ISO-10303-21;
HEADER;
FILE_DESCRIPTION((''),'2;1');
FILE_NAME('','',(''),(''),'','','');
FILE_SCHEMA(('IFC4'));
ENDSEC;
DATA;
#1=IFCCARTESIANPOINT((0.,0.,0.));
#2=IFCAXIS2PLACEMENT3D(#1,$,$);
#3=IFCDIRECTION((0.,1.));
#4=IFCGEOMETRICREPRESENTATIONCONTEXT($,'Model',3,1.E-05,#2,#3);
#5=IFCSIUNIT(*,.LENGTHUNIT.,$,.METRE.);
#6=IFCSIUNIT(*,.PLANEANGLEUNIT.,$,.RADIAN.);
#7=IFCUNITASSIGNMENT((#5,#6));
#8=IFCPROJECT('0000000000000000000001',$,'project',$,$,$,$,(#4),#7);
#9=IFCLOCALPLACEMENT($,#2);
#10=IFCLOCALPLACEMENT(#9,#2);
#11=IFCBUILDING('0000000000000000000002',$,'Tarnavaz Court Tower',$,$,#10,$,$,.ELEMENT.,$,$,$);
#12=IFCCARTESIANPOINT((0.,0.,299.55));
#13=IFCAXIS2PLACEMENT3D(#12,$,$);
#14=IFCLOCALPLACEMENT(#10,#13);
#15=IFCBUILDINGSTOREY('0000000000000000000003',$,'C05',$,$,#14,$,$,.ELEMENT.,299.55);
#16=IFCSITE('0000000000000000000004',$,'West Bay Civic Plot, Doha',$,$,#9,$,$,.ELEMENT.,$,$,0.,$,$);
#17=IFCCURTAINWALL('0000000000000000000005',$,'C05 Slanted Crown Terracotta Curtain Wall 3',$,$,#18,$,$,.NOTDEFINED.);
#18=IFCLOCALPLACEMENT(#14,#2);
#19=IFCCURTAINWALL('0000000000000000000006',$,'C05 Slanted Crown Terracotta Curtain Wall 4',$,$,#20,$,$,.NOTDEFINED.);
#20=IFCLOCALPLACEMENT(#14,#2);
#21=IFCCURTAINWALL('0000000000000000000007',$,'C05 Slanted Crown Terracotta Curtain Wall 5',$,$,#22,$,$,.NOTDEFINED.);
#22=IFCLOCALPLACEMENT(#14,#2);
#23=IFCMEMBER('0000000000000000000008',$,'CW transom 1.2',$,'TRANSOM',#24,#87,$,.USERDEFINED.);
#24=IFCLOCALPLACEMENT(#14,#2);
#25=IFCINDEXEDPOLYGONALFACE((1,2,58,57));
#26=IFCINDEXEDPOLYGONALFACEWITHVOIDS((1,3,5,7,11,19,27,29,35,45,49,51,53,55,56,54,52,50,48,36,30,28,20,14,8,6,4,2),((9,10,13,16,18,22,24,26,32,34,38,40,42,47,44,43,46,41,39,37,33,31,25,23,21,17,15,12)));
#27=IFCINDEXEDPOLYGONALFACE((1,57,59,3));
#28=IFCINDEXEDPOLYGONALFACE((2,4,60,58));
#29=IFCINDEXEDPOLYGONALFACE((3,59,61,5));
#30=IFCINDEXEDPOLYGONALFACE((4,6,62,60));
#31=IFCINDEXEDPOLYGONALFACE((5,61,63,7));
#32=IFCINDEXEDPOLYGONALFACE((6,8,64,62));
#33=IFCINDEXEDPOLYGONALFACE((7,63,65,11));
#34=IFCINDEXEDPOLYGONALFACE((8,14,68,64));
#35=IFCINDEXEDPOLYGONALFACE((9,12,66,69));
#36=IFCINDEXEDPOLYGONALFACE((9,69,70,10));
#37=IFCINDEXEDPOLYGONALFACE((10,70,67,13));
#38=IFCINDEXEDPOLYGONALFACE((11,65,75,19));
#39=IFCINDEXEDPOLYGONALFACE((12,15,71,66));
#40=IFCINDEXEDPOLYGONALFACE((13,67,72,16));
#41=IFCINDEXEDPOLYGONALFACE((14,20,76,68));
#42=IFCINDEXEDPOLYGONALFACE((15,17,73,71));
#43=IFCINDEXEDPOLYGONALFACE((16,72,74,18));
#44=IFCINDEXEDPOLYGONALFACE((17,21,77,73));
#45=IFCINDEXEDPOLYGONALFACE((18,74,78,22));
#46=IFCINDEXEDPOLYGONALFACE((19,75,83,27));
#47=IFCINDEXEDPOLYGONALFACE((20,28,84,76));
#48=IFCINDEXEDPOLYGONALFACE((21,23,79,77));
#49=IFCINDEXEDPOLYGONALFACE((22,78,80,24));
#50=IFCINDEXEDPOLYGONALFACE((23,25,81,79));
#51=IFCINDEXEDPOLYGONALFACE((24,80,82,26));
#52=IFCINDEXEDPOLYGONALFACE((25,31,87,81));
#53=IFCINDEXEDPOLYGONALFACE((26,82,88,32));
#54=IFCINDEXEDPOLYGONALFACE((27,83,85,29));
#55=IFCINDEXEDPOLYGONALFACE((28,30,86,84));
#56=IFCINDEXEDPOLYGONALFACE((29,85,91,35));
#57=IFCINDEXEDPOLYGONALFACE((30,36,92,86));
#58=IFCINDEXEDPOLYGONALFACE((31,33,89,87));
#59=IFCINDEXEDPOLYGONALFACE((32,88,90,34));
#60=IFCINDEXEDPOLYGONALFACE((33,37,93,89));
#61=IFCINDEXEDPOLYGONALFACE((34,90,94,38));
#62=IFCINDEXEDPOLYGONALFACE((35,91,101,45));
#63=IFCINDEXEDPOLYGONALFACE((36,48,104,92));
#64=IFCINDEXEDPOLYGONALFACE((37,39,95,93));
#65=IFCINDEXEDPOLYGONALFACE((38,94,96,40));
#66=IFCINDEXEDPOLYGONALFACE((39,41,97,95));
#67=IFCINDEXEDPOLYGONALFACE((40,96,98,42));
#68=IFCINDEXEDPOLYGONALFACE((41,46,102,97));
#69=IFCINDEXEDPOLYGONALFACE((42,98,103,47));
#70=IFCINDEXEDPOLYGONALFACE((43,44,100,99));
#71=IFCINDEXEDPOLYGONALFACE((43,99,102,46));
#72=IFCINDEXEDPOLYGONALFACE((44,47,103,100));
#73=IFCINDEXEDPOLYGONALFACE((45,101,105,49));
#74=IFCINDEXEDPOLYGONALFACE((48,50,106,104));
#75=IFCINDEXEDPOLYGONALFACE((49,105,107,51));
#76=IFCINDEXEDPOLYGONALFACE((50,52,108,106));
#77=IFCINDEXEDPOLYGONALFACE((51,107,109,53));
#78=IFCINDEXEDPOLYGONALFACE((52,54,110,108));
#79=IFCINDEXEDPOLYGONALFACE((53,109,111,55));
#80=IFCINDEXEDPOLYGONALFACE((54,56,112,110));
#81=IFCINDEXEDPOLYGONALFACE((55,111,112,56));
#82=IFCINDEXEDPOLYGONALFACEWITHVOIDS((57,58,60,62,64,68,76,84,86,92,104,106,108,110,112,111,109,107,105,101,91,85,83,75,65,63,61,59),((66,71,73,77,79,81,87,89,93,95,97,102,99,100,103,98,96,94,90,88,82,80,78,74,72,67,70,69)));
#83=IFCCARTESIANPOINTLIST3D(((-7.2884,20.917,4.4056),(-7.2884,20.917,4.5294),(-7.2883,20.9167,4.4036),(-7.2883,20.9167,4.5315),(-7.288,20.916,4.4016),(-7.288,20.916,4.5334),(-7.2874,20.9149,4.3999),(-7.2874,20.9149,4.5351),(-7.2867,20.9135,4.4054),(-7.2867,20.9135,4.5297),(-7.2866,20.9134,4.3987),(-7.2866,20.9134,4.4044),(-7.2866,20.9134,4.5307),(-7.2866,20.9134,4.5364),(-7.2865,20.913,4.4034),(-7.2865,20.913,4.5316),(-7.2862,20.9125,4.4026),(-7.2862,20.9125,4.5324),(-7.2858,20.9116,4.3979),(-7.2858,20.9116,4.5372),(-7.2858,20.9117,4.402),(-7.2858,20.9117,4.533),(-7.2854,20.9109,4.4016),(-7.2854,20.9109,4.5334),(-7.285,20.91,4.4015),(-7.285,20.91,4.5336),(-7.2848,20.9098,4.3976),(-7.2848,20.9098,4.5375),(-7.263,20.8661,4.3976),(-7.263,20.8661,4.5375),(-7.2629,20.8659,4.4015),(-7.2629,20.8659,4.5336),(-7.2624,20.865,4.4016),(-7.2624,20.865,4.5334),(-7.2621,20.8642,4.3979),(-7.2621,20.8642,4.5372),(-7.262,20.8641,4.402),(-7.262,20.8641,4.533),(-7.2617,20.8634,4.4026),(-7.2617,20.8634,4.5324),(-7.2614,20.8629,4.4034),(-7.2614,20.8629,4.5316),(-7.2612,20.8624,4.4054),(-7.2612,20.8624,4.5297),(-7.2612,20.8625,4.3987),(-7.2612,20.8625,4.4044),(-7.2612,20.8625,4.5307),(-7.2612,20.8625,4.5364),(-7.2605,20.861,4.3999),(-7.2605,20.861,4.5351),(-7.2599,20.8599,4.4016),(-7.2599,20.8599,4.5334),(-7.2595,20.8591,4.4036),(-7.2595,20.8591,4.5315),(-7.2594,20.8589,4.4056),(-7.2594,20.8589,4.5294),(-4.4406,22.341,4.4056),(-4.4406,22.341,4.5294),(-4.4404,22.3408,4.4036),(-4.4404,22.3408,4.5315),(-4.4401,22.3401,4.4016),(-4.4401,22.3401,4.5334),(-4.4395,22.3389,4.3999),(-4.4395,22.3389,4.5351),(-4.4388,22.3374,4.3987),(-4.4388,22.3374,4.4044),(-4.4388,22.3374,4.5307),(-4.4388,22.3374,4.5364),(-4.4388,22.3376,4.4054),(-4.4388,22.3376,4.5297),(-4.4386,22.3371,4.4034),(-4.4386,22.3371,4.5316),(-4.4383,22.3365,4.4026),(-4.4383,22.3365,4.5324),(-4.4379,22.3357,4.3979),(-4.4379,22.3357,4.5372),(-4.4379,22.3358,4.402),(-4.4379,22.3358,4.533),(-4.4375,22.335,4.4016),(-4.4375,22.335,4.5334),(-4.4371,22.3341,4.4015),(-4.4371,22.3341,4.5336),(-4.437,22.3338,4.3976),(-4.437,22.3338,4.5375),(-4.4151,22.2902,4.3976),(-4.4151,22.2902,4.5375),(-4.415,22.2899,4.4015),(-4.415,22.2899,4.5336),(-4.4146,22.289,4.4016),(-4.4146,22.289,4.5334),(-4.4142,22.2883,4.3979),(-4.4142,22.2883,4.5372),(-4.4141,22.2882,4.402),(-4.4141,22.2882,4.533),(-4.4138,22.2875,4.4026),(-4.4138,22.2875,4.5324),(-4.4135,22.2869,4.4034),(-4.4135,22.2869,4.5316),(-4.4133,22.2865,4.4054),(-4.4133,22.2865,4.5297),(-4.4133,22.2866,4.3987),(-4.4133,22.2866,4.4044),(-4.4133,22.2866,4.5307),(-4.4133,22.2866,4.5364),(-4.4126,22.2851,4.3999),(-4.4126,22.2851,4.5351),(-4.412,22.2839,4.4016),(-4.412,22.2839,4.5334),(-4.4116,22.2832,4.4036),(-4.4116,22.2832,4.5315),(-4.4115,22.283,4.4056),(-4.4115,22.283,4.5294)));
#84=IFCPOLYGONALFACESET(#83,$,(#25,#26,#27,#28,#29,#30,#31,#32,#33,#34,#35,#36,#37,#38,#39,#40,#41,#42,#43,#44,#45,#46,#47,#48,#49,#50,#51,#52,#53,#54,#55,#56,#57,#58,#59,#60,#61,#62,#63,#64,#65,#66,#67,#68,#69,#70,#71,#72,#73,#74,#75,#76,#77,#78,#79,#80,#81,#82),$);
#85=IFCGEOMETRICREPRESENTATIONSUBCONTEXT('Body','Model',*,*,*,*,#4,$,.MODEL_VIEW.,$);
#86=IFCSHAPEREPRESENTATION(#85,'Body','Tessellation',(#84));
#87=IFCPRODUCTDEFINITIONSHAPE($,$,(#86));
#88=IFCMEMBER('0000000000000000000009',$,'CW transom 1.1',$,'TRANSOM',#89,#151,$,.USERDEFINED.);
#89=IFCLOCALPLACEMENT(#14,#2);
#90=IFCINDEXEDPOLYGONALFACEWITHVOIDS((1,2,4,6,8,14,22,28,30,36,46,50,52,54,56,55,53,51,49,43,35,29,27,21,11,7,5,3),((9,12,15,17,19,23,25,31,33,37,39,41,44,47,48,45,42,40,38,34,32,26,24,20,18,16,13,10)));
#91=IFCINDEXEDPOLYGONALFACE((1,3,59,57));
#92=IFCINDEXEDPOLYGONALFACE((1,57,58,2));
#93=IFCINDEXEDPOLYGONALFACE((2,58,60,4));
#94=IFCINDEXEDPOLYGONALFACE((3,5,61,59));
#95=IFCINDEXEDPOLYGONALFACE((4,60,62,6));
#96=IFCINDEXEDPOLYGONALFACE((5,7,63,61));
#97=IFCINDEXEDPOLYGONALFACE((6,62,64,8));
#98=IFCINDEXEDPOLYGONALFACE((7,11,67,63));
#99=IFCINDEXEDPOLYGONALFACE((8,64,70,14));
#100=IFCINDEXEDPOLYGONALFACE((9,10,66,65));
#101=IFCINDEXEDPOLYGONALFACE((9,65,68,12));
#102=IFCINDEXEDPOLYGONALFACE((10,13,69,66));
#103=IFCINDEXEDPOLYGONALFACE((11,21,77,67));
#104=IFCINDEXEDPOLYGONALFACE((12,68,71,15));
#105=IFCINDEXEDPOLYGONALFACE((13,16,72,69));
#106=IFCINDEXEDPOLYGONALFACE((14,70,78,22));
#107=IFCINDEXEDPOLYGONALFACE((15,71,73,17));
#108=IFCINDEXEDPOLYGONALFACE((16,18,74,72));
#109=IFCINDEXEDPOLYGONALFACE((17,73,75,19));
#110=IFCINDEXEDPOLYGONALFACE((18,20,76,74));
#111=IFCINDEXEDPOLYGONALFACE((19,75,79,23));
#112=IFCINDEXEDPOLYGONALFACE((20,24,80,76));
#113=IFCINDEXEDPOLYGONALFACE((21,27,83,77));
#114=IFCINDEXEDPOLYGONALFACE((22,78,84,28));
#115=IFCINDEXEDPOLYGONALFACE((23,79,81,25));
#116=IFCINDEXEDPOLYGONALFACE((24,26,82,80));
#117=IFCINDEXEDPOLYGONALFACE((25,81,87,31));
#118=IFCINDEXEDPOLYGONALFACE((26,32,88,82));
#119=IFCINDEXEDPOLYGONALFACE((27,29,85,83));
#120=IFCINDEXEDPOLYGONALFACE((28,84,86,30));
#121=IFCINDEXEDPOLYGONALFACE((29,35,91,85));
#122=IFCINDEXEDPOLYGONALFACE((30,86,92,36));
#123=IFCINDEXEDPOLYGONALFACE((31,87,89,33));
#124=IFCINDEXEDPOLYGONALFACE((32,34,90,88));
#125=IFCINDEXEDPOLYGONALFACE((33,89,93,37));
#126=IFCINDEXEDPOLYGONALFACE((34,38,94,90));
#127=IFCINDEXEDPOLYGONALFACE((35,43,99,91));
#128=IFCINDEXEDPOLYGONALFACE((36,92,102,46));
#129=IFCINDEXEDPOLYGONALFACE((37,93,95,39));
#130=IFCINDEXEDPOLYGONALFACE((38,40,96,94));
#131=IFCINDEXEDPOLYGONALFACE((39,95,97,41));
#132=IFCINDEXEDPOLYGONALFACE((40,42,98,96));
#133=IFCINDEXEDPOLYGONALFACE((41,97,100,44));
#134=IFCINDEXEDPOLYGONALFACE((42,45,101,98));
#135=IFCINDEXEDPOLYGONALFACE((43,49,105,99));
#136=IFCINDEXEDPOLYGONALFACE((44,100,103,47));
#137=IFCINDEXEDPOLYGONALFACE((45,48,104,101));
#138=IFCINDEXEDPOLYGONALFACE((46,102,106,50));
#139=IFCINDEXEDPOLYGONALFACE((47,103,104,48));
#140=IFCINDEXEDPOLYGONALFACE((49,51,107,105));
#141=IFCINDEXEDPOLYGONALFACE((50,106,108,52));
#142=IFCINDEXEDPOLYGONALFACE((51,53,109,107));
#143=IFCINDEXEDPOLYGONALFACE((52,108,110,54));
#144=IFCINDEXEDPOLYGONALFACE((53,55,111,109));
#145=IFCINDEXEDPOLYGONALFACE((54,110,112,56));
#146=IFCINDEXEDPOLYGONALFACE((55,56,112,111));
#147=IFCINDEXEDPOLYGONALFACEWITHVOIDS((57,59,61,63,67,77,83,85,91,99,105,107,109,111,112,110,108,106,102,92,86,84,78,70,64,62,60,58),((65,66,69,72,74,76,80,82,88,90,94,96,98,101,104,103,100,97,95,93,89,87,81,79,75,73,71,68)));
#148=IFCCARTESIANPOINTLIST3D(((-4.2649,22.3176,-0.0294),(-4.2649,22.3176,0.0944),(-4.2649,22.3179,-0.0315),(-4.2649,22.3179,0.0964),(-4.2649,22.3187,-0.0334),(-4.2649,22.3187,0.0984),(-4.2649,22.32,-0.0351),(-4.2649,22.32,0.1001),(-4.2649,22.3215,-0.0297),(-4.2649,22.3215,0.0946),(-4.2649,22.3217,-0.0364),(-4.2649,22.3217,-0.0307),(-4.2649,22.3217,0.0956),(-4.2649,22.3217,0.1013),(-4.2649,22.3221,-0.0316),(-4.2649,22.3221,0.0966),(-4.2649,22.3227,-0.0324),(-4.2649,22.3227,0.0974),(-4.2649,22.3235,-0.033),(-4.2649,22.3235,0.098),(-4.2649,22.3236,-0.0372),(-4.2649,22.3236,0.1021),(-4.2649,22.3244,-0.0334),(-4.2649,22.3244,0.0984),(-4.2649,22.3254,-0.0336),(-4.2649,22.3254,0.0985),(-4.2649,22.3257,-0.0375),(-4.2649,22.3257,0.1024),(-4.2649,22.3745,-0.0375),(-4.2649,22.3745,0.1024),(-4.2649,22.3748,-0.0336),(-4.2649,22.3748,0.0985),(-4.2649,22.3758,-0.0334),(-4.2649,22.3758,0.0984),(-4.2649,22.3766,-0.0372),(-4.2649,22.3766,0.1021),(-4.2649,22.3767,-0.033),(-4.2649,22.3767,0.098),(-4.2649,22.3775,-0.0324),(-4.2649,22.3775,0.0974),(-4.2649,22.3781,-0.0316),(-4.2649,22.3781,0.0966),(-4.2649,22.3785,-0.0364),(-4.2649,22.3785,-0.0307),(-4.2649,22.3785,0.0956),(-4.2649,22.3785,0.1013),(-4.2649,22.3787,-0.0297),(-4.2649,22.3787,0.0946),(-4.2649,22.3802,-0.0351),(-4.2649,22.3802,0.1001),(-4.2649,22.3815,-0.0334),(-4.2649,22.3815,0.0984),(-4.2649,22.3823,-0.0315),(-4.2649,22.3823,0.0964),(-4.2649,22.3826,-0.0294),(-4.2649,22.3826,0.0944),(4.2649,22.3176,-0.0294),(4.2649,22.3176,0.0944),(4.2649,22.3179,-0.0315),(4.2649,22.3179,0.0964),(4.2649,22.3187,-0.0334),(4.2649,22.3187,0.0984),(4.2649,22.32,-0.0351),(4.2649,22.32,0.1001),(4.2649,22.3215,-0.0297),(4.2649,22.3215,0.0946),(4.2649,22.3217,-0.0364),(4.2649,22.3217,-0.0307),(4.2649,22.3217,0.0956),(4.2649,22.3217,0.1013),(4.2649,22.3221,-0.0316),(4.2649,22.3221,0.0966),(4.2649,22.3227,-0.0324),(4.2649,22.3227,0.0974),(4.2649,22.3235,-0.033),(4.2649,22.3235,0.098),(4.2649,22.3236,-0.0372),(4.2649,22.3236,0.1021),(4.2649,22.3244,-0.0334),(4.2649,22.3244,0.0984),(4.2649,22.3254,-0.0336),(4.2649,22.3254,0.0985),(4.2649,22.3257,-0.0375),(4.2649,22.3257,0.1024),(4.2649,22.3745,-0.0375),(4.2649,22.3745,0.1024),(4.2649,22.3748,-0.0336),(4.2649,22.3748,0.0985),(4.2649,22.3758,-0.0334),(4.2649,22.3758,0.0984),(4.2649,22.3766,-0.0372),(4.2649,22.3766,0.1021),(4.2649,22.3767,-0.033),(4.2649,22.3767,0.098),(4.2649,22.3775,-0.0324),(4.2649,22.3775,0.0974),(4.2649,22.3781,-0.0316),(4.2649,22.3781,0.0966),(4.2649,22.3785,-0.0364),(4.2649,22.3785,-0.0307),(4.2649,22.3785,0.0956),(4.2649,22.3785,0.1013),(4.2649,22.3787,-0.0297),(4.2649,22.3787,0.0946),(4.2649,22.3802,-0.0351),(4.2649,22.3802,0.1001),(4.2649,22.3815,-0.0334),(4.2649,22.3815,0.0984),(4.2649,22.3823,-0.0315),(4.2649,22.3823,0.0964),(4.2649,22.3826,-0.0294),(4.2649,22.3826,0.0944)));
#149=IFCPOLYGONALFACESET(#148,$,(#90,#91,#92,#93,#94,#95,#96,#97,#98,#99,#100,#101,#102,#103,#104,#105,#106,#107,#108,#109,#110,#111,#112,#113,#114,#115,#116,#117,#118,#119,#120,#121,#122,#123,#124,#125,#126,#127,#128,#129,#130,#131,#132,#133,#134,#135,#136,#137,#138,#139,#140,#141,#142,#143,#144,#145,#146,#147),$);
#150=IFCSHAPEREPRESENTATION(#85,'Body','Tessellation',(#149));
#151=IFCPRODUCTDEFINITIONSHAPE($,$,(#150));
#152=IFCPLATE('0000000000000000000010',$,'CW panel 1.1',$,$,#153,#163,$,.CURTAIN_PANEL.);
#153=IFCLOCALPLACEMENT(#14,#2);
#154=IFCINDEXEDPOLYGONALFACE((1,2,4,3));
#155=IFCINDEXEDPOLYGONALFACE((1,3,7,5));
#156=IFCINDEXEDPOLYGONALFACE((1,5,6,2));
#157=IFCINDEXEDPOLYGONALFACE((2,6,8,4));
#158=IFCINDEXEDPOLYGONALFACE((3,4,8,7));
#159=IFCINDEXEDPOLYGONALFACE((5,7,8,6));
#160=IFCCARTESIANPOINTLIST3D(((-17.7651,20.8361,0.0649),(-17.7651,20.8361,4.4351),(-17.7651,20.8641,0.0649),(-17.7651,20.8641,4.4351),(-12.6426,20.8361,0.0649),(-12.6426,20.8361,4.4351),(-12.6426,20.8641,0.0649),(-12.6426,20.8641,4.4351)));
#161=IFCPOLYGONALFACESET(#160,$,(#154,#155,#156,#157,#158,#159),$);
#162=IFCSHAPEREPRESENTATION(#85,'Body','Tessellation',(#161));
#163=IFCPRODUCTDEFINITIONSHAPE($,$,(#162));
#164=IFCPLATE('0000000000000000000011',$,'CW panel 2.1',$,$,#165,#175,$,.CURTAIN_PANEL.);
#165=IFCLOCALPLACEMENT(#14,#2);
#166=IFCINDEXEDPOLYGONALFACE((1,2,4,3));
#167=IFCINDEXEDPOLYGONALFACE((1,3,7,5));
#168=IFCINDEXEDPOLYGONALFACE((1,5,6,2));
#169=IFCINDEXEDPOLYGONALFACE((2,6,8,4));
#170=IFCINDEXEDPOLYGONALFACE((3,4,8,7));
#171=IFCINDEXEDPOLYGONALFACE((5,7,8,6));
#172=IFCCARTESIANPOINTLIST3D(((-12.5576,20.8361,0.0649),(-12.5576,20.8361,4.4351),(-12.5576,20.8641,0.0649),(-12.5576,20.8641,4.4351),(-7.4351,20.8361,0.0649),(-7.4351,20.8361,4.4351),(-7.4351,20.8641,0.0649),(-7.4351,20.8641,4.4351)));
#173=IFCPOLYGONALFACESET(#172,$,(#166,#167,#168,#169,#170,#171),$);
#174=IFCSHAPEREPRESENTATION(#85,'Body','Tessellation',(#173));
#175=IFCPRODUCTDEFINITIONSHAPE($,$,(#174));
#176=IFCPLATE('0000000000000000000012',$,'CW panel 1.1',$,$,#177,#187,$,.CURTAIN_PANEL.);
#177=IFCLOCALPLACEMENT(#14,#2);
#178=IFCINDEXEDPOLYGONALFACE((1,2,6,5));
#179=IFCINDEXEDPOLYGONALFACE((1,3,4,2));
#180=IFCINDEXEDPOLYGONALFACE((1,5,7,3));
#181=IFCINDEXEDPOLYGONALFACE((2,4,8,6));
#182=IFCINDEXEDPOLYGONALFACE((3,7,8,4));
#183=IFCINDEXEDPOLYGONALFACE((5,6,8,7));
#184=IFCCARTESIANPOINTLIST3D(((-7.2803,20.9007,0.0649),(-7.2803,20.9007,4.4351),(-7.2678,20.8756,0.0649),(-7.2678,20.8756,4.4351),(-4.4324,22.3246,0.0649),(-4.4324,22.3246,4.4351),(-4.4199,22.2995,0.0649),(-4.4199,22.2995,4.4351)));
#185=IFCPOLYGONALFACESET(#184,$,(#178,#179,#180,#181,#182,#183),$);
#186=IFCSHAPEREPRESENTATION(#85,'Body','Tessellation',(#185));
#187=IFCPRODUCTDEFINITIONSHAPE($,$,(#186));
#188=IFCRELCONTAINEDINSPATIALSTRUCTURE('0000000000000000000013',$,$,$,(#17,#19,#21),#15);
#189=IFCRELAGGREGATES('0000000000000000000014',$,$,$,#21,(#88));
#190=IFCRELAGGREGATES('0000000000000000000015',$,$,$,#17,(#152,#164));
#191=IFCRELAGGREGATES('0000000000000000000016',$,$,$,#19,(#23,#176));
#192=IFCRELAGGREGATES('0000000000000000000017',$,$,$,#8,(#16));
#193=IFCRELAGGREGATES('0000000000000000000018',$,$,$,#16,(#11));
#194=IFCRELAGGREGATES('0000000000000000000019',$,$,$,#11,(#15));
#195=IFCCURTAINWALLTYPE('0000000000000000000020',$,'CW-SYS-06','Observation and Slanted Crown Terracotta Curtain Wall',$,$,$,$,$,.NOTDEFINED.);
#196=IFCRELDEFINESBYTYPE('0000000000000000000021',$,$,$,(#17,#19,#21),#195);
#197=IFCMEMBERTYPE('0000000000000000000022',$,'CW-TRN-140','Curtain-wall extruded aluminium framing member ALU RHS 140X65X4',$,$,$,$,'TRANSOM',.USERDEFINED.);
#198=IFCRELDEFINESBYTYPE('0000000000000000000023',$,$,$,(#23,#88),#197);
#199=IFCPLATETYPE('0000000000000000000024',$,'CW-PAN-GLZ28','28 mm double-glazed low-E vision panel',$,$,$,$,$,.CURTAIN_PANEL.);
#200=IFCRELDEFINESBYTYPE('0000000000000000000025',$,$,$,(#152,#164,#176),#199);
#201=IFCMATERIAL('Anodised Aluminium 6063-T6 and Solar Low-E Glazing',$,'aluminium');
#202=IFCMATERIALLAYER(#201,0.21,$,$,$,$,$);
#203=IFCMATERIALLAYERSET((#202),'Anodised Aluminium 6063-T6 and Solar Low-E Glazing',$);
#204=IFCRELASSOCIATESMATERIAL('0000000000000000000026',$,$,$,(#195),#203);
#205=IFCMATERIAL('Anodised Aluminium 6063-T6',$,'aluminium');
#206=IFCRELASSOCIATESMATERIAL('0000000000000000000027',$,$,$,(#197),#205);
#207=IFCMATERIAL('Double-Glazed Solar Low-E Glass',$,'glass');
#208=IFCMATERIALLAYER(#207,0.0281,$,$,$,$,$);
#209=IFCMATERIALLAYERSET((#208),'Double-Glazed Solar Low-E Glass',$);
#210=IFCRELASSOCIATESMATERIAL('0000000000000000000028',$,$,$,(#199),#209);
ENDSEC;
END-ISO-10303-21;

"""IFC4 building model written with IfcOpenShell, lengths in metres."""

from ifc_helpers import new_model, si_unit, direction, frame, origin, origin_2d, place, context, subcontext, project, spatial, rectangle, hollow_rectangle, extrude, material, layer, layer_set, material_profile, profile_set, type_object, element, aggregate, save


model = new_model("IFC4")

# Units and contexts
model_context = context("Model", 3, precision=1e-05, world=origin(), true_north=direction((0.0, 1.0)))
body_context = subcontext(model_context, "Body", "Model", "MODEL_VIEW")
ifc_project = project(units=[si_unit("LENGTHUNIT", "METRE"), si_unit("PLANEANGLEUNIT", "RADIAN")], contexts=[model_context])

# Site, building, storey
site_placement = place(None, origin())
site = spatial("IfcSite", under=ifc_project, at=site_placement, Name="West Bay Civic Plot, Doha", CompositionType="ELEMENT", RefElevation=0.0)
building_placement = place(site_placement, origin())
building = spatial("IfcBuilding", under=site, at=building_placement, Name="Tarnavaz Court Tower", CompositionType="ELEMENT")
storey_placement = place(building_placement, frame((0.0, 0.0, 299.55)))
storey = spatial("IfcBuildingStorey", under=building, at=storey_placement, Name="C05", CompositionType="ELEMENT", Elevation=299.55)

# Shared definitions
ifc_material_1 = material(Name="Anodised Aluminium 6063-T6 and Solar Low-E Glazing", Category="aluminium")
ifc_layer_1 = layer(ifc_material_1, 0.21)
ifc_layer_set_1 = layer_set([ifc_layer_1], Name="Anodised Aluminium 6063-T6 and Solar Low-E Glazing")
curtain_wall_type = type_object("IfcCurtainWallType", Name="CW-SYS-06", Description="Observation and Slanted Crown Terracotta Curtain Wall", PredefinedType="NOTDEFINED", material=ifc_layer_set_1)
ifc_material_2 = material(Name="Anodised Aluminium 6063-T6", Category="aluminium")

# Curtain walls
curtain_wall_1_placement = place(storey_placement, origin())
curtain_wall_1 = element("IfcCurtainWall", 1, at=curtain_wall_1_placement, inside=storey, type_object=curtain_wall_type, Name="C05 Slanted Crown Terracotta Curtain Wall 3", PredefinedType="NOTDEFINED")
curtain_wall_2_placement = place(storey_placement, origin())
curtain_wall_2 = element("IfcCurtainWall", 2, at=curtain_wall_2_placement, inside=storey, type_object=curtain_wall_type, Name="C05 Slanted Crown Terracotta Curtain Wall 4", PredefinedType="NOTDEFINED")

# Curtain wall
curtain_wall_3_placement = place(storey_placement, origin())
curtain_wall_3 = element("IfcCurtainWall", 3, at=curtain_wall_3_placement, inside=storey, type_object=curtain_wall_type, Name="C05 Slanted Crown Terracotta Curtain Wall 5", PredefinedType="NOTDEFINED")

# Members
ifc_material_profile_1 = material_profile(ifc_material_2, hollow_rectangle(XDim=0.0649, YDim=0.1399, WallThickness=0.0039, InnerFilletRadius=0.0039, OuterFilletRadius=0.0081, at=origin_2d()), Name="ALU RHS 140X65X4")
ifc_profile_set_1 = profile_set([ifc_material_profile_1], Name="Anodised Aluminium 6063-T6")
member_type_1 = type_object("IfcMemberType", Name="CW-TRN-140", Description="Curtain-wall extruded aluminium framing member ALU RHS 140X65X4", ElementType="TRANSOM", PredefinedType="USERDEFINED", material=ifc_profile_set_1)
member_1_placement = place(storey_placement, frame((-7.2739, 20.8879, 4.4675), z_axis=(0.894412, 0.447244, 0.0), x_axis=(-0.447244, 0.894412, 0.0)))
member_1 = element("IfcMember", 4, at=member_1_placement, type_object=member_type_1, Name="CW transom 1.2", ObjectType="TRANSOM", PredefinedType="USERDEFINED", context=body_context, shape_type="SweptSolid", body=[
    extrude(hollow_rectangle(XDim=0.0649, YDim=0.1399, WallThickness=0.0039, InnerFilletRadius=0.0039, OuterFilletRadius=0.0081, at=origin_2d()), origin(), (0.0, 0.0, 1.0), 3.1841),
])
member_2_placement = place(storey_placement, frame((-4.2649, 22.3501, 0.0325), z_axis=(1.0, 0.0, 0.0), x_axis=(0.0, 1.0, 0.0)))
member_2 = element("IfcMember", 5, at=member_2_placement, type_object=member_type_1, Name="CW transom 1.1", ObjectType="TRANSOM", PredefinedType="USERDEFINED", context=body_context, shape_type="SweptSolid", body=[
    extrude(hollow_rectangle(XDim=0.0649, YDim=0.1399, WallThickness=0.0039, InnerFilletRadius=0.0039, OuterFilletRadius=0.0081, at=origin_2d()), origin(), (0.0, 0.0, 1.0), 8.5298),
])
aggregate(curtain_wall_3, [member_2])

# Plates
ifc_material_3 = material(Name="Double-Glazed Solar Low-E Glass", Category="glass")
ifc_layer_2 = layer(ifc_material_3, 0.0281)
ifc_layer_set_2 = layer_set([ifc_layer_2], Name="Double-Glazed Solar Low-E Glass")
plate_type = type_object("IfcPlateType", Name="CW-PAN-GLZ28", Description="28 mm double-glazed low-E vision panel", PredefinedType="CURTAIN_PANEL", material=ifc_layer_set_2)
plate_1_placement = place(storey_placement, frame((-15.2039, 20.8501, 0.0649), z_axis=(0.0, 0.0, 1.0), x_axis=(1.0, 0.0, 0.0)))
plate_1 = element("IfcPlate", 6, at=plate_1_placement, type_object=plate_type, Name="CW panel 1.1", PredefinedType="CURTAIN_PANEL", context=body_context, shape_type="SweptSolid", body=[
    extrude(rectangle(XDim=5.1226, YDim=0.0281, at=origin_2d()), origin(), (0.0, 0.0, 1.0), 4.3701),
])
plate_2_placement = place(storey_placement, frame((-9.9963, 20.8501, 0.0649), z_axis=(0.0, 0.0, 1.0), x_axis=(1.0, 0.0, 0.0)))
plate_2 = element("IfcPlate", 7, at=plate_2_placement, type_object=plate_type, Name="CW panel 2.1", PredefinedType="CURTAIN_PANEL", context=body_context, shape_type="SweptSolid", body=[
    extrude(rectangle(XDim=5.1226, YDim=0.0281, at=origin_2d()), origin(), (0.0, 0.0, 1.0), 4.3701),
])
aggregate(curtain_wall_1, [plate_1, plate_2])
plate_3_placement = place(storey_placement, frame((-5.8501, 21.6001, 0.0649), z_axis=(0.0, 0.0, 1.0), x_axis=(0.894427, 0.447214, 0.0)))
plate_3 = element("IfcPlate", 8, at=plate_3_placement, type_object=plate_type, Name="CW panel 1.1", PredefinedType="CURTAIN_PANEL", context=body_context, shape_type="SweptSolid", body=[
    extrude(rectangle(XDim=3.1841, YDim=0.0281, at=origin_2d()), origin(), (0.0, 0.0, 1.0), 4.3701),
])
aggregate(curtain_wall_2, [member_1, plate_3])

save(model, "model.ifc")
